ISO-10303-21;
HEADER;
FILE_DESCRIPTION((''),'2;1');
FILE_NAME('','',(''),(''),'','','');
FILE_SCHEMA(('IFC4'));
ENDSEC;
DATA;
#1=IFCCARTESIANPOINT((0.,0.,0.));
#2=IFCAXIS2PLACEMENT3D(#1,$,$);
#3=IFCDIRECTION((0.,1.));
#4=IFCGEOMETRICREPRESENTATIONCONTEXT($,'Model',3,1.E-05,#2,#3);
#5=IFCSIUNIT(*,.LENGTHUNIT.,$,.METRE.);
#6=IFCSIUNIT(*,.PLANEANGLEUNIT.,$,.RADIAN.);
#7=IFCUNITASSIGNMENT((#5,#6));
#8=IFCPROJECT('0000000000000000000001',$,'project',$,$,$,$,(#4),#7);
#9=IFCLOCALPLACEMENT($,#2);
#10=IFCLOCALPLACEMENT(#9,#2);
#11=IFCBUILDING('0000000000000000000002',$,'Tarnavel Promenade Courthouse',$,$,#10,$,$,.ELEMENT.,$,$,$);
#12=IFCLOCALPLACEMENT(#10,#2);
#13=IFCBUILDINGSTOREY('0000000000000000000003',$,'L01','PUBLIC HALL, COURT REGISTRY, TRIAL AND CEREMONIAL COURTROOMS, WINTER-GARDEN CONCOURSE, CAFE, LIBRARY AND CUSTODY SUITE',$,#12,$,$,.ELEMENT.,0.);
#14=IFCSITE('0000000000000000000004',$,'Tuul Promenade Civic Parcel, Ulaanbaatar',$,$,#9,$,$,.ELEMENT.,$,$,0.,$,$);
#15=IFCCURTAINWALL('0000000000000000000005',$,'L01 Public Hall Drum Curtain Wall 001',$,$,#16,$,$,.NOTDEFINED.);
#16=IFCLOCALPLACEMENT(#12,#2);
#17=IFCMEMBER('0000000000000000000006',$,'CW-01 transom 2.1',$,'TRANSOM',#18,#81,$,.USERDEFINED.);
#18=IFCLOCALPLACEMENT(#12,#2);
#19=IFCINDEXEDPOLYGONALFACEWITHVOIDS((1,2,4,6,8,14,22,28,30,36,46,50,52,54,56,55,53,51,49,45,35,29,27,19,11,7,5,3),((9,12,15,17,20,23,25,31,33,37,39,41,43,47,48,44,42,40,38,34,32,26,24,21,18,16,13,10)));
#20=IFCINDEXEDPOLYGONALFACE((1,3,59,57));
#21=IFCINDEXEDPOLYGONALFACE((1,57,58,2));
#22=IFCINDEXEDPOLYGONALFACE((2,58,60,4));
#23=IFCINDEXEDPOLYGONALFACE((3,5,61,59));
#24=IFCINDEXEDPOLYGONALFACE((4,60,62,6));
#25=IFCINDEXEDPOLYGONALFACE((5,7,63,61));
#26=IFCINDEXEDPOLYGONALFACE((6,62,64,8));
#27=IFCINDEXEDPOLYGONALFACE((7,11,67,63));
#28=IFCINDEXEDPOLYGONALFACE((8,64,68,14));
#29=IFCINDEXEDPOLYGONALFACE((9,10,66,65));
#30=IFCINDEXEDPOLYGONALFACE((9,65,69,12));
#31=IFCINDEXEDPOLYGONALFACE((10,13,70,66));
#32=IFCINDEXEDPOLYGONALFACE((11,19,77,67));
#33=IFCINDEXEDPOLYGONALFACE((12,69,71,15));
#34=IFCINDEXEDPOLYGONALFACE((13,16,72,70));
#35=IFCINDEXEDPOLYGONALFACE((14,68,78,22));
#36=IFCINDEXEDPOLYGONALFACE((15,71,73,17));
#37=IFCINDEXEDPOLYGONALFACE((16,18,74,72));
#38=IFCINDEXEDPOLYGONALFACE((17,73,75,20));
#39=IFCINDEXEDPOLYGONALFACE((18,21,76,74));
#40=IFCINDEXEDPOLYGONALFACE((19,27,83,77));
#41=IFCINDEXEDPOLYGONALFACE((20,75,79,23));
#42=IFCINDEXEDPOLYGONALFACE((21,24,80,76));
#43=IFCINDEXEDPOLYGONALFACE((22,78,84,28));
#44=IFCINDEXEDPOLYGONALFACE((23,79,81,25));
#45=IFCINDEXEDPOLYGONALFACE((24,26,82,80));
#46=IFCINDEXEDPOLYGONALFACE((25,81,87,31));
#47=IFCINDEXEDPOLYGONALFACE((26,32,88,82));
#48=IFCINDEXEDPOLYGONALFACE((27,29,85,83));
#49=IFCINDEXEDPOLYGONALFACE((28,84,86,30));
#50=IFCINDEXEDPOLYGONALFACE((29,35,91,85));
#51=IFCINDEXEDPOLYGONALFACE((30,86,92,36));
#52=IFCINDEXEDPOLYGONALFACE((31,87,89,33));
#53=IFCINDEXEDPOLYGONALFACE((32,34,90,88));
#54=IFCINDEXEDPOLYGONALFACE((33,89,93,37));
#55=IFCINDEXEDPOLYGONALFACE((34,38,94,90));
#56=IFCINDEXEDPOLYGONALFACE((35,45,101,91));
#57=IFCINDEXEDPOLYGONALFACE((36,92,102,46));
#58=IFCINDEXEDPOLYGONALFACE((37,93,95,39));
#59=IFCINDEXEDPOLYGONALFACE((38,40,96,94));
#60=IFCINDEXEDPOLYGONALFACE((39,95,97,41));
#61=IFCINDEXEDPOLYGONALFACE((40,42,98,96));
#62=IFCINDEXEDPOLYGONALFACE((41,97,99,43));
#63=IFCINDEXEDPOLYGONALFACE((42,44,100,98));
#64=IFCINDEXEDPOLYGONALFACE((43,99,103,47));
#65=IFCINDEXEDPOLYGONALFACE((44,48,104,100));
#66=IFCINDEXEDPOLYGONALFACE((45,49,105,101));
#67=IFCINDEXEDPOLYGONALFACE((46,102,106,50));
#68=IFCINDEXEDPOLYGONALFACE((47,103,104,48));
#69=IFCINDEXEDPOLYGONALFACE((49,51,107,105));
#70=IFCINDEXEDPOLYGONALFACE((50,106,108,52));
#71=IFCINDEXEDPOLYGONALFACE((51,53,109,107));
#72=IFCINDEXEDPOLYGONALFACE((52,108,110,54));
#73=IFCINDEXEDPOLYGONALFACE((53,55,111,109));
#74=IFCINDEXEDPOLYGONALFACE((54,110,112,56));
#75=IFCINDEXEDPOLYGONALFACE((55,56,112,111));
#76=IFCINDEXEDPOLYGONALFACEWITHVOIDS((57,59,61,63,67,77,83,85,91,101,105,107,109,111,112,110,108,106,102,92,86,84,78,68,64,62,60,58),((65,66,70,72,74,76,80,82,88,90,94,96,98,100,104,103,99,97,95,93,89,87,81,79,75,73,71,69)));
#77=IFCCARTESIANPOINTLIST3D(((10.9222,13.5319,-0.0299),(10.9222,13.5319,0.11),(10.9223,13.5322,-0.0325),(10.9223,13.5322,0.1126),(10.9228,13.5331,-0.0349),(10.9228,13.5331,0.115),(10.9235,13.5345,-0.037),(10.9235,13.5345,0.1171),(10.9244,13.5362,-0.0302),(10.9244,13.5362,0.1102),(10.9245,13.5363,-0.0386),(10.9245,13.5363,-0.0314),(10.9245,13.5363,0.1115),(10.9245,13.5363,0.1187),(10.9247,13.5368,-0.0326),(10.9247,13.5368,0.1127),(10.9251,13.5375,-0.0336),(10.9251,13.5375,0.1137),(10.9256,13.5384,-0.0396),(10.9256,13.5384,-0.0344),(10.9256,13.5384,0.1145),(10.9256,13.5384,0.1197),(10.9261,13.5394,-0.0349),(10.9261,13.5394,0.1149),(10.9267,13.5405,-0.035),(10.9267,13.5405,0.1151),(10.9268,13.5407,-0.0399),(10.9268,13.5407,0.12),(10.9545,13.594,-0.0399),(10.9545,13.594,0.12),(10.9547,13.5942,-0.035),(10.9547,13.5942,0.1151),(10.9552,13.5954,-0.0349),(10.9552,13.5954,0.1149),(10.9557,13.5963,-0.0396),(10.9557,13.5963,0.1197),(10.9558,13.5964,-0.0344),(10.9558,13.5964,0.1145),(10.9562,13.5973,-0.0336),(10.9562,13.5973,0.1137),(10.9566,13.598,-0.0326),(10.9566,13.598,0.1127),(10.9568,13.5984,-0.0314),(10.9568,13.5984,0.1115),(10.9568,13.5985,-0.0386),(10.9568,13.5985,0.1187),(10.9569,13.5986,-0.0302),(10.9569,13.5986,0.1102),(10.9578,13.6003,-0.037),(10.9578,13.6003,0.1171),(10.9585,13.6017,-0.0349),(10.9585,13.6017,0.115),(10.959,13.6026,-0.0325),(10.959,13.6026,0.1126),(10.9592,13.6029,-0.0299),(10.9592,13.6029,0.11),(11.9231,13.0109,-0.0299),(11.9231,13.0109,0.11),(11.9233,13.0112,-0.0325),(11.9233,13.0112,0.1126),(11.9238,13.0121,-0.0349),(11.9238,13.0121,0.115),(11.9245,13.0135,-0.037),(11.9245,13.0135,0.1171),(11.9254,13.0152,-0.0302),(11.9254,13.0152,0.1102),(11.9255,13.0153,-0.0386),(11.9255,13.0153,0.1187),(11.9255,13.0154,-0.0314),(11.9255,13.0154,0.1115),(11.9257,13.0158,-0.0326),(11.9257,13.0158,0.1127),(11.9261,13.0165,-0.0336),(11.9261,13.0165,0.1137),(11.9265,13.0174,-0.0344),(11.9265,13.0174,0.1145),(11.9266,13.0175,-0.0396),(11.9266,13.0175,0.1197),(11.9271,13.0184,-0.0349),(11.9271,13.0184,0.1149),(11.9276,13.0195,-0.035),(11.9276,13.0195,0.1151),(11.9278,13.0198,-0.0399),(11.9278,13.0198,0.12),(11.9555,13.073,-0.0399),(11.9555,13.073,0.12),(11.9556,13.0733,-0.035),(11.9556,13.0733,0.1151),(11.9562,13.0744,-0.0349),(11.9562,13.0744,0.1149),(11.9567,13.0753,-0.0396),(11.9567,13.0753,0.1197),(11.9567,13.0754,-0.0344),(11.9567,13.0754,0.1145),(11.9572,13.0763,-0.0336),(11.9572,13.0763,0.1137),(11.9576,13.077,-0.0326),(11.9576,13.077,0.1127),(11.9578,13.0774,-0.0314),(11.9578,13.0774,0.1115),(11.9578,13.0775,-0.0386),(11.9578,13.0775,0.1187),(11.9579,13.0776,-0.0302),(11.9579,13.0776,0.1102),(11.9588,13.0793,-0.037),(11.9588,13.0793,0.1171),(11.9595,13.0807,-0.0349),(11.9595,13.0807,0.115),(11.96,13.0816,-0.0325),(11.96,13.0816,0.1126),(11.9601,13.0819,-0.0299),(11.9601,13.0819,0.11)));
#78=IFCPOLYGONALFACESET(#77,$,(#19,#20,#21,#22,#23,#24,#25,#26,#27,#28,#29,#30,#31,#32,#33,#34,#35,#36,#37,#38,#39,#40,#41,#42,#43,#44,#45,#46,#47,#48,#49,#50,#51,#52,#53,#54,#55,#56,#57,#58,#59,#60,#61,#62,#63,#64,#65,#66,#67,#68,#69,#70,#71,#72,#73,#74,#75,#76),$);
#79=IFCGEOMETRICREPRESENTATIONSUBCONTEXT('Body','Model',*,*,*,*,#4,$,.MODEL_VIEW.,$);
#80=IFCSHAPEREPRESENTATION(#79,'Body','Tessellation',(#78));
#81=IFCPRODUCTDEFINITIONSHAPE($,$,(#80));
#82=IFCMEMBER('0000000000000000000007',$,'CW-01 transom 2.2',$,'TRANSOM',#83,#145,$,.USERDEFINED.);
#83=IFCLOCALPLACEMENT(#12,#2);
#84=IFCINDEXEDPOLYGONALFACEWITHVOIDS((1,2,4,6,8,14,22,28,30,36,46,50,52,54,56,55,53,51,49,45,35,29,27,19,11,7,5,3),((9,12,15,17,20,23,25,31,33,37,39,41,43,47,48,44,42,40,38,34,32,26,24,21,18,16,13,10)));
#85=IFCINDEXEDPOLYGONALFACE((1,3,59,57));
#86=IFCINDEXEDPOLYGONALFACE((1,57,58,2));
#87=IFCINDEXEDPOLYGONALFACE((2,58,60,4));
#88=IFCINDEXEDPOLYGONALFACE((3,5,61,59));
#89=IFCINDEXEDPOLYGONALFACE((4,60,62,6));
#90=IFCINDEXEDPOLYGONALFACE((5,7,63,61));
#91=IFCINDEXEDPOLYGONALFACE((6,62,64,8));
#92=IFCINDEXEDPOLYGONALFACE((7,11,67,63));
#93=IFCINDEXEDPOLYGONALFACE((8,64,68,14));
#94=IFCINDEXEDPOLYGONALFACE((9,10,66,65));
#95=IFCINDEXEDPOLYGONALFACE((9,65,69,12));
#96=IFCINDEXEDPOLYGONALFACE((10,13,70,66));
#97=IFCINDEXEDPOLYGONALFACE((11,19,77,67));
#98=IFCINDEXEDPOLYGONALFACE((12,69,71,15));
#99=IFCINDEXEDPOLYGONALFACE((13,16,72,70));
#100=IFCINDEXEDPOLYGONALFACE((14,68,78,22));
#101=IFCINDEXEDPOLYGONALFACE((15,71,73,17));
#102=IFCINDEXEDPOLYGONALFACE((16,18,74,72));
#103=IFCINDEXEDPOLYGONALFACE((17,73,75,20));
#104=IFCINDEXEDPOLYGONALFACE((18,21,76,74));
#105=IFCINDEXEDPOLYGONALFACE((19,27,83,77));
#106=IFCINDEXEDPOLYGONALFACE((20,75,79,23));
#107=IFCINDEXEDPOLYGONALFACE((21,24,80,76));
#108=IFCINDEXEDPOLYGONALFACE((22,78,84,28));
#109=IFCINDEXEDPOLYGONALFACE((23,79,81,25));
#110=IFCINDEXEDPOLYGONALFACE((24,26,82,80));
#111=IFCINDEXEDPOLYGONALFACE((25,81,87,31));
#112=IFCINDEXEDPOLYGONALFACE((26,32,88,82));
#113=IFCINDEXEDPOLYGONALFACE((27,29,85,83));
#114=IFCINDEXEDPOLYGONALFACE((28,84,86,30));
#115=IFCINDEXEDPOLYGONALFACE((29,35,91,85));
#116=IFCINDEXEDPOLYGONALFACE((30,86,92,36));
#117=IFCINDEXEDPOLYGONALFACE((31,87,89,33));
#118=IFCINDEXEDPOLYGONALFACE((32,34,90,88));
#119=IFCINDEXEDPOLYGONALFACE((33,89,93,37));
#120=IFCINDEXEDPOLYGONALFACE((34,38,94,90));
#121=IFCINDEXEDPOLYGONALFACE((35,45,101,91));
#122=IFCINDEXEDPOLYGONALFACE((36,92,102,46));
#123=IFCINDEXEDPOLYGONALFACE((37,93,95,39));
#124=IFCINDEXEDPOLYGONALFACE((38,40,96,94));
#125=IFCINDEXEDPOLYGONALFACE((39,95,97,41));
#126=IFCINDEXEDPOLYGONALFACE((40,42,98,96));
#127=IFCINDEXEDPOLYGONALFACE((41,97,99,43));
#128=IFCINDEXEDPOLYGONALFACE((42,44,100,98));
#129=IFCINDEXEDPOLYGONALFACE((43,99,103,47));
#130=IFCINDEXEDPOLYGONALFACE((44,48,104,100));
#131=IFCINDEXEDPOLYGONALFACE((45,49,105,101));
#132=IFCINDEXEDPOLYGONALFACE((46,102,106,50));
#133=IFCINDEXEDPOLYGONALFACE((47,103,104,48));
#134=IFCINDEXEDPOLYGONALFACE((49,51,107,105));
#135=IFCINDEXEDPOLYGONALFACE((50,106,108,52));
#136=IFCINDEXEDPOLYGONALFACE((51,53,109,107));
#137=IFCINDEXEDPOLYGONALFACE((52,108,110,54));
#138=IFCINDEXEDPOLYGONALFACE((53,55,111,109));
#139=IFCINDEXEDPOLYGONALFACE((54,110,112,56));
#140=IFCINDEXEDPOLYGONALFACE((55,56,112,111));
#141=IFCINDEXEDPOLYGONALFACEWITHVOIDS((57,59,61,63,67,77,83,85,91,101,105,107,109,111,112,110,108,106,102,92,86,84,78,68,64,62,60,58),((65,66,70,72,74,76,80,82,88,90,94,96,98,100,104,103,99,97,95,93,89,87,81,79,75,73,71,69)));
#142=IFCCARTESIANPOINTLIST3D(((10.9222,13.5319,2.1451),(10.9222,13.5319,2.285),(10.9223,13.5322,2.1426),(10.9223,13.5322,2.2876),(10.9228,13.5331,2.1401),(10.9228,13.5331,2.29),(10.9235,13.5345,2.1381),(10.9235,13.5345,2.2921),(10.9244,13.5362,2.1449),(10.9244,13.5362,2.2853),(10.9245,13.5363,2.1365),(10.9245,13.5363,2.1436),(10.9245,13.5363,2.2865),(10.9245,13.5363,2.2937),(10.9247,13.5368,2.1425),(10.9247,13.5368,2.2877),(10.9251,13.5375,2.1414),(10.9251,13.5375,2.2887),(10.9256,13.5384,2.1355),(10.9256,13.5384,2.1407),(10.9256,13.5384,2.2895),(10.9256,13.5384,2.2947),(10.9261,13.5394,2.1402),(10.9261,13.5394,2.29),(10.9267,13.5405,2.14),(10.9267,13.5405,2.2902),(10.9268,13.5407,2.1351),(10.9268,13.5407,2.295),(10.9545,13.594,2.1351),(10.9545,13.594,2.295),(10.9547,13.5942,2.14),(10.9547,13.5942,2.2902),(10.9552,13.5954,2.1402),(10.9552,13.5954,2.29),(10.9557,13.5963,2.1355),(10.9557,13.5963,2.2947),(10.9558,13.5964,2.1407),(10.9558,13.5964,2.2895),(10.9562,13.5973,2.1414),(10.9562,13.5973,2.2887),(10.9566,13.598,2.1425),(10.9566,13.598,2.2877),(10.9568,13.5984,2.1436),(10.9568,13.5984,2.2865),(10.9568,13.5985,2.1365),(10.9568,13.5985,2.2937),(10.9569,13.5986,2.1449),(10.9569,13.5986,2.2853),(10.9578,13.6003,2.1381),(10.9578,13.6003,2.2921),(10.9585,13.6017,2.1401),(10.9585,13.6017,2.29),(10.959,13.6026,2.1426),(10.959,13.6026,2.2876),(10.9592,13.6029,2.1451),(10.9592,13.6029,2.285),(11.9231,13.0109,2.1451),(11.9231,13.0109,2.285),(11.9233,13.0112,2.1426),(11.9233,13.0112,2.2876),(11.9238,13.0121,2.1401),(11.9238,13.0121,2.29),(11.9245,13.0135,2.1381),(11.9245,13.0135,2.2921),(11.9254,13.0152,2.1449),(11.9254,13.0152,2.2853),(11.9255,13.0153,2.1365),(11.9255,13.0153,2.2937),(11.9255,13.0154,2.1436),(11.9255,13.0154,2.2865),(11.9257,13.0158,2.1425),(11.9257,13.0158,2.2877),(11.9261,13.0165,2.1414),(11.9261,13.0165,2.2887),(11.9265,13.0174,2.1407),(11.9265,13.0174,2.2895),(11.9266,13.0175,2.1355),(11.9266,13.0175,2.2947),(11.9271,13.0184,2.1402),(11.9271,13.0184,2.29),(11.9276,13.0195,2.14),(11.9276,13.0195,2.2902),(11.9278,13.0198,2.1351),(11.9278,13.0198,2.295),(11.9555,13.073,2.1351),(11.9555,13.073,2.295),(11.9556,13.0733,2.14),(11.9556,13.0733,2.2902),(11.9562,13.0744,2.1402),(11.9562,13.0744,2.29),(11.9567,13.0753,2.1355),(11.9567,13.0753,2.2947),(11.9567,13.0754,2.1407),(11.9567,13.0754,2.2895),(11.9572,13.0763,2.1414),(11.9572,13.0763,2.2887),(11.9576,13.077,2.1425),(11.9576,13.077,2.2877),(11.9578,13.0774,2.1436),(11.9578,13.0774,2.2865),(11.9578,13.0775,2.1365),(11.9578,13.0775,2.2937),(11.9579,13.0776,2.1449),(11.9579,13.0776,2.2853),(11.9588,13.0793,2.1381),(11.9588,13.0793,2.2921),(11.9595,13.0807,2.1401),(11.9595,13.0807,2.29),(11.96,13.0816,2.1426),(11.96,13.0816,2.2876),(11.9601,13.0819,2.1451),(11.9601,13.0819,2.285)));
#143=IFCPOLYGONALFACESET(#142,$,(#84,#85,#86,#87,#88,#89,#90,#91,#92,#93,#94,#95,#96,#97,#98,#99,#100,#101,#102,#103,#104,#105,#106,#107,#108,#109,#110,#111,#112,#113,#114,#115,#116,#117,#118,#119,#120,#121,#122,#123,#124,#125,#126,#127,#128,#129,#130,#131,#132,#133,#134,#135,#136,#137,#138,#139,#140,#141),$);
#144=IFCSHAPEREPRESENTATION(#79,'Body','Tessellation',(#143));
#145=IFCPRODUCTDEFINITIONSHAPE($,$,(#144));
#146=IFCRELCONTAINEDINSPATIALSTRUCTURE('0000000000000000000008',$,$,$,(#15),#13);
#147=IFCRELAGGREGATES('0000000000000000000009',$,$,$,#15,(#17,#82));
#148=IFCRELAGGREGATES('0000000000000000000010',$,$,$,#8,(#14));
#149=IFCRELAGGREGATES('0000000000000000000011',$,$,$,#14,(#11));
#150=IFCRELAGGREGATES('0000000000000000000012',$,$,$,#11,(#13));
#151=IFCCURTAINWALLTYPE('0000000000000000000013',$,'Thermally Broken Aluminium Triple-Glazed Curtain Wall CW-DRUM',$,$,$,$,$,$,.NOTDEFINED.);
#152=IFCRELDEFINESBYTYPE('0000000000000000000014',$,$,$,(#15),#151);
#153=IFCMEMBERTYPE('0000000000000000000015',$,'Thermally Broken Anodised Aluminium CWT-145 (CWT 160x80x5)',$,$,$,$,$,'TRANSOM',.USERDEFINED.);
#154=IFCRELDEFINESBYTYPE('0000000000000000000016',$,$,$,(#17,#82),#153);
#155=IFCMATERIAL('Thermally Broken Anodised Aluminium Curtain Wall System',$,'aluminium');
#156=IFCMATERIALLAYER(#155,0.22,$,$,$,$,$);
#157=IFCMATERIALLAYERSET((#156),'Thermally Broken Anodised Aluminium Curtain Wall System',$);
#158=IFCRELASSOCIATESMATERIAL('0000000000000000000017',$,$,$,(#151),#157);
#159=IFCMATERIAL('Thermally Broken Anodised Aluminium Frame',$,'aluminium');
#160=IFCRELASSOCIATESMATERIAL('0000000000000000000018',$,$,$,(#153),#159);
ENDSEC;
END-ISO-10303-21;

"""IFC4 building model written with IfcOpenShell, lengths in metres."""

from ifc_helpers import new_model, si_unit, direction, frame, origin, origin_2d, place, context, subcontext, project, spatial, hollow_rectangle, extrude, material, layer, layer_set, material_profile, profile_set, type_object, element, aggregate, save


model = new_model("IFC4")

# Units and contexts
model_context = context("Model", 3, precision=1e-05, world=origin(), true_north=direction((0.0, 1.0)))
body_context = subcontext(model_context, "Body", "Model", "MODEL_VIEW")
ifc_project = project(units=[si_unit("LENGTHUNIT", "METRE"), si_unit("PLANEANGLEUNIT", "RADIAN")], contexts=[model_context])

# Site, building, storey
site_placement = place(None, origin())
site = spatial("IfcSite", under=ifc_project, at=site_placement, Name="Tuul Promenade Civic Parcel, Ulaanbaatar", CompositionType="ELEMENT", RefElevation=0.0)
building_placement = place(site_placement, origin())
building = spatial("IfcBuilding", under=site, at=building_placement, Name="Tarnavel Promenade Courthouse", CompositionType="ELEMENT")
storey_placement = place(building_placement, origin())
storey = spatial("IfcBuildingStorey", under=building, at=storey_placement, Name="L01", Description="PUBLIC HALL, COURT REGISTRY, TRIAL AND CEREMONIAL COURTROOMS, WINTER-GARDEN CONCOURSE, CAFE, LIBRARY AND CUSTODY SUITE", CompositionType="ELEMENT", Elevation=0.0)

# Curtain wall
ifc_material_1 = material(Name="Thermally Broken Anodised Aluminium Curtain Wall System", Category="aluminium")
ifc_layer_1 = layer(ifc_material_1, 0.22)
ifc_layer_set_1 = layer_set([ifc_layer_1], Name="Thermally Broken Anodised Aluminium Curtain Wall System")
curtain_wall_type = type_object("IfcCurtainWallType", Name="Thermally Broken Aluminium Triple-Glazed Curtain Wall CW-DRUM", PredefinedType="NOTDEFINED", material=ifc_layer_set_1)
curtain_wall_1_placement = place(storey_placement, origin())
curtain_wall_1 = element("IfcCurtainWall", 1, at=curtain_wall_1_placement, inside=storey, type_object=curtain_wall_type, Name="L01 Public Hall Drum Curtain Wall 001", PredefinedType="NOTDEFINED")
ifc_material_2 = material(Name="Thermally Broken Anodised Aluminium Frame", Category="aluminium")

# Members
ifc_material_profile_1 = material_profile(ifc_material_2, hollow_rectangle(XDim=0.0801, YDim=0.1599, WallThickness=0.0049, InnerFilletRadius=0.0049, OuterFilletRadius=0.01, at=origin_2d()), Name="CWT 160x80x5")
ifc_profile_set_1 = profile_set([ifc_material_profile_1], Name="Thermally Broken Anodised Aluminium Frame")
member_type_1 = type_object("IfcMemberType", Name="Thermally Broken Anodised Aluminium CWT-145 (CWT 160x80x5)", ElementType="TRANSOM", PredefinedType="USERDEFINED", material=ifc_profile_set_1)
member_1_placement = place(storey_placement, frame((10.9407, 13.5674, 0.04), z_axis=(0.88704, -0.461693, 0.0), x_axis=(0.461693, 0.88704, 0.0)))
member_1 = element("IfcMember", 2, at=member_1_placement, type_object=member_type_1, Name="CW-01 transom 2.1", ObjectType="TRANSOM", PredefinedType="USERDEFINED", context=body_context, shape_type="SweptSolid", body=[
    extrude(hollow_rectangle(XDim=0.0801, YDim=0.1599, WallThickness=0.0049, InnerFilletRadius=0.0049, OuterFilletRadius=0.01, at=origin_2d()), origin(), (0.0, 0.0, 1.0), 1.1284),
])
member_2_placement = place(storey_placement, frame((10.9407, 13.5674, 2.2151), z_axis=(0.88704, -0.461693, 0.0), x_axis=(0.461693, 0.88704, 0.0)))
member_2 = element("IfcMember", 3, at=member_2_placement, type_object=member_type_1, Name="CW-01 transom 2.2", ObjectType="TRANSOM", PredefinedType="USERDEFINED", context=body_context, shape_type="SweptSolid", body=[
    extrude(hollow_rectangle(XDim=0.0801, YDim=0.1599, WallThickness=0.0049, InnerFilletRadius=0.0049, OuterFilletRadius=0.01, at=origin_2d()), origin(), (0.0, 0.0, 1.0), 1.1284),
])

aggregate(curtain_wall_1, [member_1, member_2])

save(model, "model.ifc")
